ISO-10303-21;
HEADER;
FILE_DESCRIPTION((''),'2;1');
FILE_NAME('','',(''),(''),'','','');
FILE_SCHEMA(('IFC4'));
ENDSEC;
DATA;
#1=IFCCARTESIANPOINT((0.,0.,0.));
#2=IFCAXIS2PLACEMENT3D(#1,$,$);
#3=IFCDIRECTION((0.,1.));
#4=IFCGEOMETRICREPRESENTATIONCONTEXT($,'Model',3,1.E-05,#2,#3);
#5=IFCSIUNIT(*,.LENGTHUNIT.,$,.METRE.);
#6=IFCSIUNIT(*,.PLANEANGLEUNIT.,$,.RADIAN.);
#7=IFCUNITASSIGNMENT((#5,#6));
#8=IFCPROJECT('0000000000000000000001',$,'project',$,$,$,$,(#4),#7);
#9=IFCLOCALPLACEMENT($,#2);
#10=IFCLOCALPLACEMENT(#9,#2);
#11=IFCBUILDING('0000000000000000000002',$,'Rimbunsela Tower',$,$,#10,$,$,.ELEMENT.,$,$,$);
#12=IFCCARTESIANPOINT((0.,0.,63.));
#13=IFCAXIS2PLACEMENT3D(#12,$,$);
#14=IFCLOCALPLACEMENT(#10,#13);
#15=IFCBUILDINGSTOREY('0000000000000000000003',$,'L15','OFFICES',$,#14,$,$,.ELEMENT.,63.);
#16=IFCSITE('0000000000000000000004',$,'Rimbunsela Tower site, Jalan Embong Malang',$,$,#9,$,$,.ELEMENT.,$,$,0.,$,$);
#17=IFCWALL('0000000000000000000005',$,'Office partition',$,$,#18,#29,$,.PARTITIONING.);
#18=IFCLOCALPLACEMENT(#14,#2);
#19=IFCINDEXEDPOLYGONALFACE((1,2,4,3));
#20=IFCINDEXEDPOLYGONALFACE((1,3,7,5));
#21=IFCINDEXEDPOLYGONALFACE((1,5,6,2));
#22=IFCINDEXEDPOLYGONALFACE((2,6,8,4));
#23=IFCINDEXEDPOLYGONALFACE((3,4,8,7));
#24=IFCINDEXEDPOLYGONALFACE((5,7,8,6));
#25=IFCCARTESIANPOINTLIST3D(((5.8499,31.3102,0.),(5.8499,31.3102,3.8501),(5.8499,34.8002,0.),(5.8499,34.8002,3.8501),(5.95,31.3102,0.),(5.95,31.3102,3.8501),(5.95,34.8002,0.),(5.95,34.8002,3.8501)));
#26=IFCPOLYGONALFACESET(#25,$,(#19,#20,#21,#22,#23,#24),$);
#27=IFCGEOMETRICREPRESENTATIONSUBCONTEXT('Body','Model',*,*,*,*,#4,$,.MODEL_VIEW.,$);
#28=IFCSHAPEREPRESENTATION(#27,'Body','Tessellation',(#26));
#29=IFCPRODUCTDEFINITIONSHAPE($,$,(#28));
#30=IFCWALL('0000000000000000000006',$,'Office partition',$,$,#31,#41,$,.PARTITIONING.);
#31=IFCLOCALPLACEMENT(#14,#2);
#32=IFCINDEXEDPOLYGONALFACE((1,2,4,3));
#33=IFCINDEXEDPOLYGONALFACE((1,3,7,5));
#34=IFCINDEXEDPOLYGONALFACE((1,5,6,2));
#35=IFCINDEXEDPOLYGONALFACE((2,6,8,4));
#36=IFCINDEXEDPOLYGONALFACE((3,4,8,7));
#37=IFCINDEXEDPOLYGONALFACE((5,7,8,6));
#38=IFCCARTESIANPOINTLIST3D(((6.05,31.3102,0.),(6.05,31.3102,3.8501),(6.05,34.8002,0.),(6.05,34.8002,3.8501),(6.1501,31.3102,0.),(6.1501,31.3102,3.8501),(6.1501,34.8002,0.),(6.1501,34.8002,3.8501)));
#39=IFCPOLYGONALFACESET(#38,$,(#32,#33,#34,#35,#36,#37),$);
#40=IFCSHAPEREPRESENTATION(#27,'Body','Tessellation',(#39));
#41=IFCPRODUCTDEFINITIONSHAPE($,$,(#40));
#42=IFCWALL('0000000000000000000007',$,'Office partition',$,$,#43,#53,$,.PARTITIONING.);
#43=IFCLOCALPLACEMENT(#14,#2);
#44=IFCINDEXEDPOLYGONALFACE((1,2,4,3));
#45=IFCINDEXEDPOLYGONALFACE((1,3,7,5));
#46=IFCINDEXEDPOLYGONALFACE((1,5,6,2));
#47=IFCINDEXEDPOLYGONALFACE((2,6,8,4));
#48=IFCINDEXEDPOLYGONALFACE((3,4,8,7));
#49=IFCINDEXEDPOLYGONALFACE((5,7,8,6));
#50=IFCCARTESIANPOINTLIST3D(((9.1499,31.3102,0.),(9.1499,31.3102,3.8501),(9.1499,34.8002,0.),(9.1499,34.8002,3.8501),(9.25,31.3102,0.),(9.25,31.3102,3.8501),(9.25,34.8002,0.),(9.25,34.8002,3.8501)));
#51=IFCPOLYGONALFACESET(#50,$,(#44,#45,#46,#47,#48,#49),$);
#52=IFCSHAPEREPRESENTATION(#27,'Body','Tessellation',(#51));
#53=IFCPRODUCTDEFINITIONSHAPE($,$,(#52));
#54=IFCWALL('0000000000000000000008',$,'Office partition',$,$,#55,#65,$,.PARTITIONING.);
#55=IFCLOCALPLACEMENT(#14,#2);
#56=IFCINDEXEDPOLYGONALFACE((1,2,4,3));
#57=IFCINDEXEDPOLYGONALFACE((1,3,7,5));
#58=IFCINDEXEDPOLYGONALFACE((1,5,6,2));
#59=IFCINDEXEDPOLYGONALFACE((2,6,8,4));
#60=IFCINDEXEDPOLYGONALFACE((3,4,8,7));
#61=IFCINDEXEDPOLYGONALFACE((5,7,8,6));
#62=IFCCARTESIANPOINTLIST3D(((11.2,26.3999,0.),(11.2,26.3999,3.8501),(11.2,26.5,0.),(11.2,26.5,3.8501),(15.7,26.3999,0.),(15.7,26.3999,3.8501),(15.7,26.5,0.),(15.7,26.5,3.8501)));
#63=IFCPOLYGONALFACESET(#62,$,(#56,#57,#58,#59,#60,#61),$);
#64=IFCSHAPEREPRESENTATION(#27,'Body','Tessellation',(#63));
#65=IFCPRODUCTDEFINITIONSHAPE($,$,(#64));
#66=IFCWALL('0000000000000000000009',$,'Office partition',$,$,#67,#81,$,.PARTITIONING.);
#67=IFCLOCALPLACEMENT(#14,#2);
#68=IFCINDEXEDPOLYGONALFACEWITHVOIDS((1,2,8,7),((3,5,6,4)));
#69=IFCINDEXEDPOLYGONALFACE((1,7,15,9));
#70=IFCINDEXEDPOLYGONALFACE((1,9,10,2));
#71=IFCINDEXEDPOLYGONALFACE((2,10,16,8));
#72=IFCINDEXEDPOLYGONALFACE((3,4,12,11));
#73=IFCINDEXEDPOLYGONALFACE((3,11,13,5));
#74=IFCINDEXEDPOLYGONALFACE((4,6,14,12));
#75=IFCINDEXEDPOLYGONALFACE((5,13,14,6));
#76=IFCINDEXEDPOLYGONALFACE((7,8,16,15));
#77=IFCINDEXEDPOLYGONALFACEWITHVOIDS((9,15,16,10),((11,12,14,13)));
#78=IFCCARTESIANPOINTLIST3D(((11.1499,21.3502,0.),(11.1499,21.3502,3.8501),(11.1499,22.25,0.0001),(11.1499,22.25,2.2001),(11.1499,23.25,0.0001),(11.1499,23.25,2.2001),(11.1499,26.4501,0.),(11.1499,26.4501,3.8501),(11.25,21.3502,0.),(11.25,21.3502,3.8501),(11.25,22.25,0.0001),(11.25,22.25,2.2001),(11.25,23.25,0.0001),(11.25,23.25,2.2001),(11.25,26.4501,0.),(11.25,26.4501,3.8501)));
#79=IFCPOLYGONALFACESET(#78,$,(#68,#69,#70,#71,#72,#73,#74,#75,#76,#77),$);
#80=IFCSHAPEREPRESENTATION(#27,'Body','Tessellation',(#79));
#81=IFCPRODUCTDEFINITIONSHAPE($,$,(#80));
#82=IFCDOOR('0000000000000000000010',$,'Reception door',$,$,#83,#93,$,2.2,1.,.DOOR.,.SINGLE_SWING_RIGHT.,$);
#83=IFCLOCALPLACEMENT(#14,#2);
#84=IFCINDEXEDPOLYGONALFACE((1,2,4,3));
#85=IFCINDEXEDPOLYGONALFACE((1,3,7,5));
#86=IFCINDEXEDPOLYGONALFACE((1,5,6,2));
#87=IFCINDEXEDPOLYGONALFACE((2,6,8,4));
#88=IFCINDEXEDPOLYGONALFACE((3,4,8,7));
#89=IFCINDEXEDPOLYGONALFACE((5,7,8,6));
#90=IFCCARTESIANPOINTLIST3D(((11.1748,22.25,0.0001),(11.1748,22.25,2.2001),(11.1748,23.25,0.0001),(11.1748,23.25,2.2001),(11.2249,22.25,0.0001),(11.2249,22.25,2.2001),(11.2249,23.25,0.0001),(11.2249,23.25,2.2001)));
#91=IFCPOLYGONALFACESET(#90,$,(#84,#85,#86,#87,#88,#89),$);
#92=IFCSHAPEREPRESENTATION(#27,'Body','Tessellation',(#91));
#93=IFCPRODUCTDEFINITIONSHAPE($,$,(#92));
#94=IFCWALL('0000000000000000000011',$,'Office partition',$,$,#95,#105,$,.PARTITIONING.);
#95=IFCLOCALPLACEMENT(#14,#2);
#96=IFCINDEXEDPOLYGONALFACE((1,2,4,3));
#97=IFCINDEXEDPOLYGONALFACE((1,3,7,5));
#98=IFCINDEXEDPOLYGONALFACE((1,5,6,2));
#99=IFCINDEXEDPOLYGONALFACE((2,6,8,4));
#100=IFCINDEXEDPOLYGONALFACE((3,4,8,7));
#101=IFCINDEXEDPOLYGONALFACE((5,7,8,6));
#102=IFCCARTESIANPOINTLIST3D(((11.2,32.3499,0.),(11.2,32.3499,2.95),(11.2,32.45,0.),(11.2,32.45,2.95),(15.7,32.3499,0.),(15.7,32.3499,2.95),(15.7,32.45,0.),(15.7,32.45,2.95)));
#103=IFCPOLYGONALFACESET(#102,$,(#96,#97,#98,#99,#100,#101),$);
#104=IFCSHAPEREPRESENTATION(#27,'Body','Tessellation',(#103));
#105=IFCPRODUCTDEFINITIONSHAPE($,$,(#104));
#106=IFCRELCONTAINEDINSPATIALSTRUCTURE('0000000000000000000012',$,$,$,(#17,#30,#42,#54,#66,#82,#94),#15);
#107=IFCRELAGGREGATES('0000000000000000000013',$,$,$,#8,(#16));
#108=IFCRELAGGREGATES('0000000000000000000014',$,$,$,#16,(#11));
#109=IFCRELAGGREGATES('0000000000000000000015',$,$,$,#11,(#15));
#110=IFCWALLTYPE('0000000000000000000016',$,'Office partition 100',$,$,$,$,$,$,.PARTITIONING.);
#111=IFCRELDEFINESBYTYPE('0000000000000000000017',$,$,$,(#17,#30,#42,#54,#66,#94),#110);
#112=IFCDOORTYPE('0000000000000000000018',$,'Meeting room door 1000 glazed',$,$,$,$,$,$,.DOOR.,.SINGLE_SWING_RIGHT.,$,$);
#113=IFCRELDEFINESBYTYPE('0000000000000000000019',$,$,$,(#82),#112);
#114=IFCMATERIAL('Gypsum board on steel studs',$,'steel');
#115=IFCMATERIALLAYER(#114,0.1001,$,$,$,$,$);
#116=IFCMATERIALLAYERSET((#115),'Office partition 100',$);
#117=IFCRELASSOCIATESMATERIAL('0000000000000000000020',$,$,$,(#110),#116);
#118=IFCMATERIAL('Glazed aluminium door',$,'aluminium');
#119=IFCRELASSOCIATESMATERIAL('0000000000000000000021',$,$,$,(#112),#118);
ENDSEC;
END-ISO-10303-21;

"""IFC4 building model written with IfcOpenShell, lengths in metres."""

from ifc_helpers import new_model, si_unit, direction, frame, frame_2d, origin, place, context, subcontext, project, spatial, rectangle, extrude, material, layer, layer_set, type_object, element, fill, save


model = new_model("IFC4")

# Units and contexts
model_context = context("Model", 3, precision=1e-05, world=origin(), true_north=direction((0.0, 1.0)))
body_context = subcontext(model_context, "Body", "Model", "MODEL_VIEW")
ifc_project = project(units=[si_unit("LENGTHUNIT", "METRE"), si_unit("PLANEANGLEUNIT", "RADIAN")], contexts=[model_context])

# Site, building, storey
site_placement = place(None, origin())
site = spatial("IfcSite", under=ifc_project, at=site_placement, Name="Rimbunsela Tower site, Jalan Embong Malang", CompositionType="ELEMENT", RefElevation=0.0)
building_placement = place(site_placement, origin())
building = spatial("IfcBuilding", under=site, at=building_placement, Name="Rimbunsela Tower", CompositionType="ELEMENT")
storey_placement = place(building_placement, frame((0.0, 0.0, 63.0)))
storey = spatial("IfcBuildingStorey", under=building, at=storey_placement, Name="L15", Description="OFFICES", CompositionType="ELEMENT", Elevation=63.0)

# Walls
ifc_material_1 = material(Name="Gypsum board on steel studs", Category="steel")
ifc_layer_1 = layer(ifc_material_1, 0.1001)
ifc_layer_set_1 = layer_set([ifc_layer_1], Name="Office partition 100")
wall_type_1 = type_object("IfcWallType", Name="Office partition 100", PredefinedType="PARTITIONING", material=ifc_layer_set_1)
for number, where, z_axis, x_axis, name in (
    (1, (5.8999, 31.3101, 0.0), (0.0, 0.0, 1.0), (0.0, 1.0, 0.0), "Office partition"),
    (2, (6.1001, 31.3101, 0.0), (0.0, 0.0, 1.0), (0.0, 1.0, 0.0), "Office partition"),
    (3, (9.2, 31.3101, 0.0), (0.0, 0.0, 1.0), (0.0, 1.0, 0.0), "Office partition"),
):
    element("IfcWall", number, at=place(storey_placement, frame(where, z_axis=z_axis, x_axis=x_axis)), inside=storey, type_object=wall_type_1, Name=name, PredefinedType="PARTITIONING", context=body_context, shape_type="SweptSolid", body=[
        extrude(rectangle(XDim=3.49, YDim=0.1001, at=frame_2d((1.7451, 0.0))), origin(), (0.0, 0.0, 1.0), 3.8501),
    ])
wall_1_placement = place(storey_placement, frame((15.7, 26.45, 0.0), z_axis=(0.0, 0.0, 1.0), x_axis=(-1.0, 0.0, 0.0)))
element("IfcWall", 4, at=wall_1_placement, inside=storey, type_object=wall_type_1, Name="Office partition", PredefinedType="PARTITIONING", context=body_context, shape_type="SweptSolid", body=[
    extrude(rectangle(XDim=4.5, YDim=0.1001, at=frame_2d((2.25, 0.0))), origin(), (0.0, 0.0, 1.0), 3.8501),
])

# Wall, opening, door
wall_2_placement = place(storey_placement, frame((11.2, 26.45, 0.0), z_axis=(0.0, 0.0, 1.0), x_axis=(0.0, -1.0, 0.0)))
wall_2 = element("IfcWall", 5, at=wall_2_placement, inside=storey, type_object=wall_type_1, Name="Office partition", PredefinedType="PARTITIONING", context=body_context, shape_type="SweptSolid", body=[
    extrude(rectangle(XDim=5.0999, YDim=0.1001, at=frame_2d((2.5498, 0.0))), origin(), (0.0, 0.0, 1.0), 3.8501),
])
opening_1_placement = place(wall_2_placement, frame((3.2, 0.0, 0.0)))
opening_1 = element("IfcOpeningElement", 6, at=opening_1_placement, cuts=wall_2, PredefinedType="OPENING", context=body_context, shape_type="SweptSolid", body=[
    extrude(rectangle(XDim=1.0, YDim=2.2, at=frame_2d((0.5, 1.1001))), frame((0.0, 0.0601, 0.0), z_axis=(0.0, -1.0, 0.0), x_axis=(1.0, 0.0, 0.0)), (0.0, 0.0, 1.0), 0.1201),
])
ifc_material_2 = material(Name="Glazed aluminium door", Category="aluminium")
door_type_1 = type_object("IfcDoorType", Name="Meeting room door 1000 glazed", OperationType="SINGLE_SWING_RIGHT", PredefinedType="DOOR", material=ifc_material_2)
door_1_placement = place(opening_1_placement, origin())
door_1 = element("IfcDoor", 7, at=door_1_placement, inside=storey, type_object=door_type_1, Name="Reception door", OperationType="SINGLE_SWING_RIGHT", OverallHeight=2.2, OverallWidth=1.0, PredefinedType="DOOR", context=body_context, shape_type="SweptSolid", body=[
    extrude(rectangle(XDim=1.0, YDim=2.2, at=frame_2d((0.5, 1.1001))), frame((0.0, 0.0249, 0.0), z_axis=(0.0, -1.0, 0.0), x_axis=(1.0, 0.0, 0.0)), (0.0, 0.0, 1.0), 0.05),
])
fill(opening_1, door_1)

# Wall
wall_3_placement = place(storey_placement, frame((11.2, 32.3999, 0.0), z_axis=(0.0, 0.0, 1.0), x_axis=(1.0, 0.0, 0.0)))
element("IfcWall", 8, at=wall_3_placement, inside=storey, type_object=wall_type_1, Name="Office partition", PredefinedType="PARTITIONING", context=body_context, shape_type="SweptSolid", body=[
    extrude(rectangle(XDim=4.5, YDim=0.1001, at=frame_2d((2.25, 0.0))), origin(), (0.0, 0.0, 1.0), 2.95),
])

save(model, "model.ifc")
